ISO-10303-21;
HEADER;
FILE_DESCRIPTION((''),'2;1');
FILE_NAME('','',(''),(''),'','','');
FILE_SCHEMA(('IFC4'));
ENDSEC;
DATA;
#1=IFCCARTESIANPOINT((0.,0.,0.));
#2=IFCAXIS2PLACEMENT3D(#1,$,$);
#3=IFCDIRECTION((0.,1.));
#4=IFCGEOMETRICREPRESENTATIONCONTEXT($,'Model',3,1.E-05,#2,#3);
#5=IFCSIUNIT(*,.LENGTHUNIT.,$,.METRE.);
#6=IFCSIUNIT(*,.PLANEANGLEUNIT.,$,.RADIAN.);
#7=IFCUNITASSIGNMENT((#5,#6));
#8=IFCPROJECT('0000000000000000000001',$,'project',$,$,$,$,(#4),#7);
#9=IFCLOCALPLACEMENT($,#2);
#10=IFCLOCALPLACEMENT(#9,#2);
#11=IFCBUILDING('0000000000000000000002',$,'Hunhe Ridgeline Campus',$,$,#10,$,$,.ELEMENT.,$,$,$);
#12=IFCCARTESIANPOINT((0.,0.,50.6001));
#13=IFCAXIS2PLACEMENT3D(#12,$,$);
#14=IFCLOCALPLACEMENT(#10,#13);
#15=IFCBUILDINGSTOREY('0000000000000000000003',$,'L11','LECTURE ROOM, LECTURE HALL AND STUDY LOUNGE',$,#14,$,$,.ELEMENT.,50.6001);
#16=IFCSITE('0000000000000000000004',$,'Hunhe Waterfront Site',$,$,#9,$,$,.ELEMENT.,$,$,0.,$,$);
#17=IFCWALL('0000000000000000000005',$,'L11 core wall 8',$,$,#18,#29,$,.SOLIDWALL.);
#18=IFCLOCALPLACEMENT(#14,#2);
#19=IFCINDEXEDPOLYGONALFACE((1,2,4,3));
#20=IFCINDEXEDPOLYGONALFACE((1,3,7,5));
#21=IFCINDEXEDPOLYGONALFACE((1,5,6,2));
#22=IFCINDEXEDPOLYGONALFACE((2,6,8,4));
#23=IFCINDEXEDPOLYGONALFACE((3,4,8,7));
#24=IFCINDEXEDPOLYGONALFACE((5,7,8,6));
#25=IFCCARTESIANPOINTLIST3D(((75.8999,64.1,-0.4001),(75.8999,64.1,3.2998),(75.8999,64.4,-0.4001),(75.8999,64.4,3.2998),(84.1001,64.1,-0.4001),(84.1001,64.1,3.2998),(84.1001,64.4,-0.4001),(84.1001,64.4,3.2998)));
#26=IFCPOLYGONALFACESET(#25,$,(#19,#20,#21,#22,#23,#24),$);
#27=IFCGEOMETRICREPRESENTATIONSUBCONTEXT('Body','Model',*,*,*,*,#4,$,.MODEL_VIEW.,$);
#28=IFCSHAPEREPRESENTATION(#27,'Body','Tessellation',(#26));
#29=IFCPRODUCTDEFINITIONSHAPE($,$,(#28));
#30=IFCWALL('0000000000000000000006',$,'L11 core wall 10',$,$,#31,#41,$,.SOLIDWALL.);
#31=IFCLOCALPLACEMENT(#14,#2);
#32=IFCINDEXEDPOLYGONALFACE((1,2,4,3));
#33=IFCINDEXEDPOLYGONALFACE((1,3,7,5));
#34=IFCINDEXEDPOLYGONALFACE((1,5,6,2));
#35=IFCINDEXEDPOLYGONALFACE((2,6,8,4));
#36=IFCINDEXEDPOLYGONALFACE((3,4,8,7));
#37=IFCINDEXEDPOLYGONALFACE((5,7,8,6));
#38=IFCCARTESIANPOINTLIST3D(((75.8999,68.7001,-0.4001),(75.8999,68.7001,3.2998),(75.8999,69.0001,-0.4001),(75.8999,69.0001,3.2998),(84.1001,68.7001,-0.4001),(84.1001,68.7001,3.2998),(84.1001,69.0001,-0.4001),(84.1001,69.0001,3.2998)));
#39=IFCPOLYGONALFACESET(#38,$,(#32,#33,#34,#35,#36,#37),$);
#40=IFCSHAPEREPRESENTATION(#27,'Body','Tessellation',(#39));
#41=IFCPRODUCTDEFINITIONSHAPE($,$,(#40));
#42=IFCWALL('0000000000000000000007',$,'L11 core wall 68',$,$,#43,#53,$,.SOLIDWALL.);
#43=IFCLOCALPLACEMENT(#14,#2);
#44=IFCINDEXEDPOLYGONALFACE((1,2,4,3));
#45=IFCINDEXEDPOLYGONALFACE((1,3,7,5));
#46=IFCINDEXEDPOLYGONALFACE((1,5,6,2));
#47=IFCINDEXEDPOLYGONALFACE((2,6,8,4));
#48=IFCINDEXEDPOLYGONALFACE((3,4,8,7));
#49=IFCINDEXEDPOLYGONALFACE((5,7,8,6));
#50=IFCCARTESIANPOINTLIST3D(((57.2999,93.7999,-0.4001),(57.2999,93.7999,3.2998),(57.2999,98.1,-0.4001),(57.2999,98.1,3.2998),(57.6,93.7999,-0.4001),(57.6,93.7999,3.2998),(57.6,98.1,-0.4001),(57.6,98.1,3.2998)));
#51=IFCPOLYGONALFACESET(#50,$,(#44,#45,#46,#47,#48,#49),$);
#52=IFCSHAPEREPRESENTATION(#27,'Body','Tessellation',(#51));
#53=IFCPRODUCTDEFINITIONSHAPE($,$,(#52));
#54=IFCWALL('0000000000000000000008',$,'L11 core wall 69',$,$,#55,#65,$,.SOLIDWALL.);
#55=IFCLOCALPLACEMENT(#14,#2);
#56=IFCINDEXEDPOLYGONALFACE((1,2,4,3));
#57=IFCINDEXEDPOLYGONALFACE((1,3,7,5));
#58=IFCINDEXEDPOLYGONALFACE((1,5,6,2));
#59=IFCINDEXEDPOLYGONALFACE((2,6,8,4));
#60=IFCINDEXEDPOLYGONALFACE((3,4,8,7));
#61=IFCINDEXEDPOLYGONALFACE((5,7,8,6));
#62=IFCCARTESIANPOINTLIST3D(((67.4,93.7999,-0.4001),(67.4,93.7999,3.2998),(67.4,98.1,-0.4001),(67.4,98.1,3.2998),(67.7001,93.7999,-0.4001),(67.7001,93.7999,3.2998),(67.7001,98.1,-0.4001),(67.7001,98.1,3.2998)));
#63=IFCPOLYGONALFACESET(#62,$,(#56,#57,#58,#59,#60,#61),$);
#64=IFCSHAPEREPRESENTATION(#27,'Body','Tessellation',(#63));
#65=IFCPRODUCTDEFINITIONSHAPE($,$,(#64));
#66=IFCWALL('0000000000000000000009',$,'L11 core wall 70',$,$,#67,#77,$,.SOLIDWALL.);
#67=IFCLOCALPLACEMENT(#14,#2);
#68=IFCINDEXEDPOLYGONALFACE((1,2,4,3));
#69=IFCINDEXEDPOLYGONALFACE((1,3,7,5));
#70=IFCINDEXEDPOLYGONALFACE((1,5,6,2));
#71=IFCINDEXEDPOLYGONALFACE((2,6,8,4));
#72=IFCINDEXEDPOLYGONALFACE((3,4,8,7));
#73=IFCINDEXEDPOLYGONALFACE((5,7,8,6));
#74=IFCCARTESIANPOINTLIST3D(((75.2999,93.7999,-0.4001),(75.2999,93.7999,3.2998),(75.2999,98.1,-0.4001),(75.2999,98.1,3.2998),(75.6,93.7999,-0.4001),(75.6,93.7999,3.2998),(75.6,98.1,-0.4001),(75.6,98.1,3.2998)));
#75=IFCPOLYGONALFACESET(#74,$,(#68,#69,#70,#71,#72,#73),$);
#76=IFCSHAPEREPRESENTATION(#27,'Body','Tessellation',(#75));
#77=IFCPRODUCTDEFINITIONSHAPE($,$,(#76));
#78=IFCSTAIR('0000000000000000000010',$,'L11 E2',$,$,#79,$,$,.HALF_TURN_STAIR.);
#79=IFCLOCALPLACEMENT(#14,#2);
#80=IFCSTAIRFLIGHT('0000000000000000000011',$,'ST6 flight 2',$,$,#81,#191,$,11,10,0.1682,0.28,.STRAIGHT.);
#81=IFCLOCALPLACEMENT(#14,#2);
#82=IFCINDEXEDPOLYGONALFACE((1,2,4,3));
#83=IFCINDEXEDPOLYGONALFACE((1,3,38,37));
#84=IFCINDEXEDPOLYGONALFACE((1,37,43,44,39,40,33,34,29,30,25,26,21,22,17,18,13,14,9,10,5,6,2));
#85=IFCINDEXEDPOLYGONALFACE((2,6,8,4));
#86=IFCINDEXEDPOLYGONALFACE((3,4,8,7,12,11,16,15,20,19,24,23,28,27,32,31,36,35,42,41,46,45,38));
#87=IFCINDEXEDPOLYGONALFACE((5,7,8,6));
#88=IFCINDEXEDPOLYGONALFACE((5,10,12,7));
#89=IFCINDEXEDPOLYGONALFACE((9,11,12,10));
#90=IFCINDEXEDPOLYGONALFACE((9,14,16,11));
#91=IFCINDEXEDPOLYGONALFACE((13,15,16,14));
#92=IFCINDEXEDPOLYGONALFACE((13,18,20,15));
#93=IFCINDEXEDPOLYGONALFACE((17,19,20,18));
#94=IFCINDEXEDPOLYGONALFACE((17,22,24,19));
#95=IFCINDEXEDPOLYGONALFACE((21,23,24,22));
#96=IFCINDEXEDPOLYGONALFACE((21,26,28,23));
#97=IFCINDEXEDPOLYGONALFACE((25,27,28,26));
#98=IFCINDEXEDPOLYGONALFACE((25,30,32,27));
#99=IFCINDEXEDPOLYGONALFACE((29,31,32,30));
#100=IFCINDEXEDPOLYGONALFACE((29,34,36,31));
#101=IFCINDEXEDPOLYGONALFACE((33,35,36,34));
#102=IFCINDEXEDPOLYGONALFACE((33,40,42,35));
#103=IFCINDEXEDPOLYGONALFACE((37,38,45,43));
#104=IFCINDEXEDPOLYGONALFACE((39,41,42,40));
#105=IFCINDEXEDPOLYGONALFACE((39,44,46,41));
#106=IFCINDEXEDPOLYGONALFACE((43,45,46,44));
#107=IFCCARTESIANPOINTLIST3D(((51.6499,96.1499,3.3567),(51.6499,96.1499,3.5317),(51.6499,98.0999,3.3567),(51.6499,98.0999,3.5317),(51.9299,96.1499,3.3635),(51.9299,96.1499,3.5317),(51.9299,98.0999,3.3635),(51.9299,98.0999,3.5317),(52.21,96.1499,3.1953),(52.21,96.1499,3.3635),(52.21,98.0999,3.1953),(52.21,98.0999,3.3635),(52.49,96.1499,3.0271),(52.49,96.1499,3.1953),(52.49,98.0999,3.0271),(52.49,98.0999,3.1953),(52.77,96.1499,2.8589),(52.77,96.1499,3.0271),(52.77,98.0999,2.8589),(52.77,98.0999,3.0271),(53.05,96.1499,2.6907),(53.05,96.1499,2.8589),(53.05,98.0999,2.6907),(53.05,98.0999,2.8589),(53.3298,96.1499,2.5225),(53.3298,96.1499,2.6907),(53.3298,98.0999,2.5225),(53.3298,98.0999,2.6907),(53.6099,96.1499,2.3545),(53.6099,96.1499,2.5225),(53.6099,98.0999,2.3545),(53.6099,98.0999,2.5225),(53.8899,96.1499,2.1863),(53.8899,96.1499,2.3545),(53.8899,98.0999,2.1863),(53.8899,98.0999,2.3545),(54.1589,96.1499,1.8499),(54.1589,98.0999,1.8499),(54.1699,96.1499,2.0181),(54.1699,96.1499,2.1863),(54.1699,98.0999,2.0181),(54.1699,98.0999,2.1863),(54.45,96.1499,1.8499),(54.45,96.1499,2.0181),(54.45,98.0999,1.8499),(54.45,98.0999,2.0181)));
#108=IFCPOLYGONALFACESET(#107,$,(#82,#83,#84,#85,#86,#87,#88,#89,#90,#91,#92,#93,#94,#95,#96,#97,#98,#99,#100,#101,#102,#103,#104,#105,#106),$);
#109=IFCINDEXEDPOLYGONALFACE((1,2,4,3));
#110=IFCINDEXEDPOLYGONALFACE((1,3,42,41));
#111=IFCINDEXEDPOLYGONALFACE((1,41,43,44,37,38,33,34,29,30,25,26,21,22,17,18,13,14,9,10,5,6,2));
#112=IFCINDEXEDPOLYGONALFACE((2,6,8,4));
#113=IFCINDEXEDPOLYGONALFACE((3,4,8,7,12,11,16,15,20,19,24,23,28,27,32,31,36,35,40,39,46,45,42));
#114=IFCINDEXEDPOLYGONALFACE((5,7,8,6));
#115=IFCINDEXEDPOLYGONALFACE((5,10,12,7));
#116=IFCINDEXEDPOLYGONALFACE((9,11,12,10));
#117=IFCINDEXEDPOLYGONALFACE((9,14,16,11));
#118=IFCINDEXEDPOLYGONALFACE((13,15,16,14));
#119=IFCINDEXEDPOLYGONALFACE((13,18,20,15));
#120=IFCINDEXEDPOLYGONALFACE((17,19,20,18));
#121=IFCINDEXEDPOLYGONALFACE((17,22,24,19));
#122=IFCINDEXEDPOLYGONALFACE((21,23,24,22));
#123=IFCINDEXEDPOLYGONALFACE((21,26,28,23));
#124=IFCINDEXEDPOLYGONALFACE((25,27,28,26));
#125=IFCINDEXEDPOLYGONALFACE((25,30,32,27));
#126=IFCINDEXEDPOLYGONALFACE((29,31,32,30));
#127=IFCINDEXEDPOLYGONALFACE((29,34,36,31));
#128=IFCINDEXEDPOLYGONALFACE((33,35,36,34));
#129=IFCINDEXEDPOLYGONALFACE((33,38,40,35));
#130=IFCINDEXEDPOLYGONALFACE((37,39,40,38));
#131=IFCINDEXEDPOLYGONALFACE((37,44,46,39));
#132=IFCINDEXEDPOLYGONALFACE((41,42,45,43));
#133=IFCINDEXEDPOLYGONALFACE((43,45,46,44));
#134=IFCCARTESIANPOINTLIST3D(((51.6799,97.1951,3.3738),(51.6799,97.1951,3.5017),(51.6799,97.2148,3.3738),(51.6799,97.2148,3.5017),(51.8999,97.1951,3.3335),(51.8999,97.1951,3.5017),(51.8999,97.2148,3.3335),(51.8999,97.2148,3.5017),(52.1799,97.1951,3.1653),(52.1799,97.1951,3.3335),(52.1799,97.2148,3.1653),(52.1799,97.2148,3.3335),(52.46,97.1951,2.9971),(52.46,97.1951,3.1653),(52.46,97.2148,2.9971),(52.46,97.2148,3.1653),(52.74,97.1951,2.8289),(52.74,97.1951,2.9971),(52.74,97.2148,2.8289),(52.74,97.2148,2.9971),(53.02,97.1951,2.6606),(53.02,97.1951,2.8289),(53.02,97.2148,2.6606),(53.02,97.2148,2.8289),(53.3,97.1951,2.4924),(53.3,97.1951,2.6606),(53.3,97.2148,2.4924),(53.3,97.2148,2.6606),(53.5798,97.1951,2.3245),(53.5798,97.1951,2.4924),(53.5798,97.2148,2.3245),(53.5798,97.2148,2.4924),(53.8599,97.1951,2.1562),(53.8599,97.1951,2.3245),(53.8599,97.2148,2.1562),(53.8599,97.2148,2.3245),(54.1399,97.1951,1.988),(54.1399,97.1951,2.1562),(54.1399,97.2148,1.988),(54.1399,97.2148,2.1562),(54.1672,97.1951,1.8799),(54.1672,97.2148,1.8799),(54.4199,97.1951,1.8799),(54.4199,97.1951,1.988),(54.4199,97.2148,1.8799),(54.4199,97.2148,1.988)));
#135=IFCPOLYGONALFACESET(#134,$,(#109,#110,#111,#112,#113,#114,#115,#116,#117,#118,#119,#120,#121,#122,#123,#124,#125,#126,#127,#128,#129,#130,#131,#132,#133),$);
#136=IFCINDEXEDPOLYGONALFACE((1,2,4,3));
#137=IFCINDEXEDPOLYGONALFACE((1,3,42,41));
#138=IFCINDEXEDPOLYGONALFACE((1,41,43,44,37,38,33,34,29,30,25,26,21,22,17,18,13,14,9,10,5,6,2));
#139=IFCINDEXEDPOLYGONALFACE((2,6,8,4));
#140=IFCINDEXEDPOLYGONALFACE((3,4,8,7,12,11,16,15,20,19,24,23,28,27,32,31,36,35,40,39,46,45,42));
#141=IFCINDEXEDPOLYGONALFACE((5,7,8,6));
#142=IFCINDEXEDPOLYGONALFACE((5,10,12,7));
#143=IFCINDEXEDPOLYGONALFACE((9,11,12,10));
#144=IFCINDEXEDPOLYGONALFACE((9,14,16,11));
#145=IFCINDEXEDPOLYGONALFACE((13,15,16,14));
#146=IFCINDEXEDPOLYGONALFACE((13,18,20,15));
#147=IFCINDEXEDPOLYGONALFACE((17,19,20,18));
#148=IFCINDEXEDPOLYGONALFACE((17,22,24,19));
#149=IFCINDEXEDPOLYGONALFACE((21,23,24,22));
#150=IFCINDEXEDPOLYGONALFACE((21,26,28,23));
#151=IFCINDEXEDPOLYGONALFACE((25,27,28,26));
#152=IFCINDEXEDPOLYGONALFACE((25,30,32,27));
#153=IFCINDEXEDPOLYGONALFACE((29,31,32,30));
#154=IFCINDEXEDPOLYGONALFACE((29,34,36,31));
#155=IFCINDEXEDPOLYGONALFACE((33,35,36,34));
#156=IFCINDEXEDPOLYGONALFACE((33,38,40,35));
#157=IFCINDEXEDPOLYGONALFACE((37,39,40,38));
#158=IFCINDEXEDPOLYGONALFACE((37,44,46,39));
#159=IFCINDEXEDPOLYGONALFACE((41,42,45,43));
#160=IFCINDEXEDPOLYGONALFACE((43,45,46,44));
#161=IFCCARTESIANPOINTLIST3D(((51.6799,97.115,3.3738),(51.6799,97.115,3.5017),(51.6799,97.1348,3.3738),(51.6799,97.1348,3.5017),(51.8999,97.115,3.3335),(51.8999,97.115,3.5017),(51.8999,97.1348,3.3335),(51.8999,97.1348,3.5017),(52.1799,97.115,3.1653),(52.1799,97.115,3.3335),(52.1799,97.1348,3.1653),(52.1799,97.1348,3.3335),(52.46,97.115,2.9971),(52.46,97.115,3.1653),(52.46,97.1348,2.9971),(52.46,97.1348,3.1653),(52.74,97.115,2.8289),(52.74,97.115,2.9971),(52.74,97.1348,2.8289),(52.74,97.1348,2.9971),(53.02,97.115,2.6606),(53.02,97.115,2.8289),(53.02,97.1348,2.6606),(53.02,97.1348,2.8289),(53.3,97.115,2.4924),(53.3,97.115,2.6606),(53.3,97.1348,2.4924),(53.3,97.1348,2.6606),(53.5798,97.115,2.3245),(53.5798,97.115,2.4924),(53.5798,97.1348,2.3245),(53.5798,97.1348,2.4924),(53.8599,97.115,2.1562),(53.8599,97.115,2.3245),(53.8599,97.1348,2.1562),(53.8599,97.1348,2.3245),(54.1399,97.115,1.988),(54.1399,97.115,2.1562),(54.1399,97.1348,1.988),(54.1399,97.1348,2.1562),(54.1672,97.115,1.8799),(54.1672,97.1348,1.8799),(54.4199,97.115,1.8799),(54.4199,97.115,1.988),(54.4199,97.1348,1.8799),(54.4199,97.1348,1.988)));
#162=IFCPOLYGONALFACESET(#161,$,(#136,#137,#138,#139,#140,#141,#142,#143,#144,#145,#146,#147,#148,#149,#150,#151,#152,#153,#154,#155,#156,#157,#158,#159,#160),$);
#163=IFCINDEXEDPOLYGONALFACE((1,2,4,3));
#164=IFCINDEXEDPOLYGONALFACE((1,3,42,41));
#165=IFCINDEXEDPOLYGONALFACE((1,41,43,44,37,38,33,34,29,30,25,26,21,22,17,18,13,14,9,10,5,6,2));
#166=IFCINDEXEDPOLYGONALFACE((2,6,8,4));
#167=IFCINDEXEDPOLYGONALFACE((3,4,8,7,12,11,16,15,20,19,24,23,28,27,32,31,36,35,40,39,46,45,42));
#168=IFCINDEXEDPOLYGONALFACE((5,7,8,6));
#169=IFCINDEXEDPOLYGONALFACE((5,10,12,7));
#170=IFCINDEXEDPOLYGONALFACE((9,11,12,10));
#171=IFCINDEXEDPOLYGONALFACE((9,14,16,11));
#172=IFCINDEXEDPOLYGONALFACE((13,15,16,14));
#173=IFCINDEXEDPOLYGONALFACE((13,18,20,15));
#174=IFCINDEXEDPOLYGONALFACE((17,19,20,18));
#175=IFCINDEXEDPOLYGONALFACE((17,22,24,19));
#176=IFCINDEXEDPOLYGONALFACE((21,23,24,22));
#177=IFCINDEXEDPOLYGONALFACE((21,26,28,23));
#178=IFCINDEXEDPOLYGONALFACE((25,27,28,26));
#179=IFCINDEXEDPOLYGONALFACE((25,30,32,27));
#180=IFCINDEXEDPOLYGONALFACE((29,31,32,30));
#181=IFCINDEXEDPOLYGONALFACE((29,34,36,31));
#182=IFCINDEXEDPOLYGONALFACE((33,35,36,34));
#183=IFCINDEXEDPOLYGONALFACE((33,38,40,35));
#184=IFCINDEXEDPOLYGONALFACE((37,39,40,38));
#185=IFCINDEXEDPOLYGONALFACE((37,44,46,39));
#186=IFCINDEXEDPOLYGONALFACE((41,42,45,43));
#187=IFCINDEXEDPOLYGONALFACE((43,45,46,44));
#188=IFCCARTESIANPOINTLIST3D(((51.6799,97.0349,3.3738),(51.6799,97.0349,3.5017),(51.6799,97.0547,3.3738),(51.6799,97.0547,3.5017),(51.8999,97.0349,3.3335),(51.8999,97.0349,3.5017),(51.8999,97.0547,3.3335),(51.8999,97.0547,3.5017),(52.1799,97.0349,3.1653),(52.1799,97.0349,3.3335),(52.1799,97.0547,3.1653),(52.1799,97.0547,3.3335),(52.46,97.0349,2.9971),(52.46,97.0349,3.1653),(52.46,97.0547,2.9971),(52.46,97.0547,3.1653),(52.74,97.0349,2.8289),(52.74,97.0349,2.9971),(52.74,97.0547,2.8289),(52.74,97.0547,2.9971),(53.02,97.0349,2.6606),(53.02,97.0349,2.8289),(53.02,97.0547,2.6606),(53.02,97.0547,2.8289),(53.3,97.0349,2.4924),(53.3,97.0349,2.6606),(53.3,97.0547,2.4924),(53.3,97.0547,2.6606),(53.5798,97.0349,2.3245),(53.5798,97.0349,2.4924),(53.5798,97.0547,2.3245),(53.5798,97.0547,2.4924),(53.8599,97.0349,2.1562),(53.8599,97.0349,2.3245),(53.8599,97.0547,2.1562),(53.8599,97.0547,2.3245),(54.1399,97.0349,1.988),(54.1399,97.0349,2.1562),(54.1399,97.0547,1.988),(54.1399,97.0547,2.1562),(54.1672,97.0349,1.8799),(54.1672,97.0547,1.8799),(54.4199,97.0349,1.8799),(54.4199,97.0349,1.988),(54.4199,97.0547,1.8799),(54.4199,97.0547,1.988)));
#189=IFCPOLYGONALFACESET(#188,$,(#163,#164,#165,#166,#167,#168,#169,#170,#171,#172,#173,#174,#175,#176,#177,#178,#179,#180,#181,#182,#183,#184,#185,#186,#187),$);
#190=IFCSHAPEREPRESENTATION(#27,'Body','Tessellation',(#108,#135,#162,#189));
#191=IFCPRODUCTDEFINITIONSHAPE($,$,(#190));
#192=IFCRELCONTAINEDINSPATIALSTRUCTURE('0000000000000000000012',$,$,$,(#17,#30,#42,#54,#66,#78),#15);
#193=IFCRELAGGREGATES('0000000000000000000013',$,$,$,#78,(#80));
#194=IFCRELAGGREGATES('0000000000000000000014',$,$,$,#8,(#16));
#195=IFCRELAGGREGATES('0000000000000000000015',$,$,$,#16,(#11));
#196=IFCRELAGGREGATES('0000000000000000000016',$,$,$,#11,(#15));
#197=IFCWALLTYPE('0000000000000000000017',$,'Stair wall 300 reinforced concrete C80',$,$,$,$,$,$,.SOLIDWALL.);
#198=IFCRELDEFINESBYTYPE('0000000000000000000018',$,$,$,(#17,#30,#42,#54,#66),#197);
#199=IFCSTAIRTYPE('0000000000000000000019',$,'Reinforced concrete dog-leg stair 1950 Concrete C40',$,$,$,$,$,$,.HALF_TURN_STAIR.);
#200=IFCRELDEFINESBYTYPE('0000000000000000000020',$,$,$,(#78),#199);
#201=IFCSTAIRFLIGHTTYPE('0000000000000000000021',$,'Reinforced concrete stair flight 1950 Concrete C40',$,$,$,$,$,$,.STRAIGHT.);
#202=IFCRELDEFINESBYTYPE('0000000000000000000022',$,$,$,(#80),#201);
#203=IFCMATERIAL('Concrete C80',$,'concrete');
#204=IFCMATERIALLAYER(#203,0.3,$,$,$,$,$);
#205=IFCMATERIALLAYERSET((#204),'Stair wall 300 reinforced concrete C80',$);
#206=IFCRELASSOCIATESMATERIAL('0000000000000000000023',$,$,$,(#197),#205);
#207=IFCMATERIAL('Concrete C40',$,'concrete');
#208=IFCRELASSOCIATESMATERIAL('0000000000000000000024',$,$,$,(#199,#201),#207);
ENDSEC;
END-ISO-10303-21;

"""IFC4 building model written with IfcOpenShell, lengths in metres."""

from ifc_helpers import new_model, si_unit, direction, frame, frame_2d, origin, place, context, subcontext, project, spatial, polyline, rectangle, outline, extrude, material, layer, layer_set, type_object, element, aggregate, save


model = new_model("IFC4")

# Units and contexts
model_context = context("Model", 3, precision=1e-05, world=origin(), true_north=direction((0.0, 1.0)))
body_context = subcontext(model_context, "Body", "Model", "MODEL_VIEW")
ifc_project = project(units=[si_unit("LENGTHUNIT", "METRE"), si_unit("PLANEANGLEUNIT", "RADIAN")], contexts=[model_context])

# Site, building, storey
site_placement = place(None, origin())
site = spatial("IfcSite", under=ifc_project, at=site_placement, Name="Hunhe Waterfront Site", CompositionType="ELEMENT", RefElevation=0.0)
building_placement = place(site_placement, origin())
building = spatial("IfcBuilding", under=site, at=building_placement, Name="Hunhe Ridgeline Campus", CompositionType="ELEMENT")
storey_placement = place(building_placement, frame((0.0, 0.0, 50.6001)))
storey = spatial("IfcBuildingStorey", under=building, at=storey_placement, Name="L11", Description="LECTURE ROOM, LECTURE HALL AND STUDY LOUNGE", CompositionType="ELEMENT", Elevation=50.6001)

# Shared definitions
ifc_material_1 = material(Name="Concrete C80", Category="concrete")

# Walls
ifc_layer_1 = layer(ifc_material_1, 0.3)
ifc_layer_set_1 = layer_set([ifc_layer_1], Name="Stair wall 300 reinforced concrete C80")
wall_type_1 = type_object("IfcWallType", Name="Stair wall 300 reinforced concrete C80", PredefinedType="SOLIDWALL", material=ifc_layer_set_1)
for number, where, z_axis, x_axis, name in (
    (1, (75.8999, 64.25, -0.4001), (0.0, 0.0, 1.0), (1.0, 0.0, 0.0), "L11 core wall 8"),
    (2, (75.8999, 68.8501, -0.4001), (0.0, 0.0, 1.0), (1.0, 0.0, 0.0), "L11 core wall 10"),
):
    element("IfcWall", number, at=place(storey_placement, frame(where, z_axis=z_axis, x_axis=x_axis)), inside=storey, type_object=wall_type_1, Name=name, PredefinedType="SOLIDWALL", context=body_context, shape_type="SweptSolid", body=[
        extrude(rectangle(XDim=8.2002, YDim=0.3, at=frame_2d((4.1001, 0.0))), origin(), (0.0, 0.0, 1.0), 3.7),
    ])

# Walls
for number, where, z_axis, x_axis, name in (
    (3, (57.45, 93.8, -0.4001), (0.0, 0.0, 1.0), (0.0, 1.0, 0.0), "L11 core wall 68"),
    (4, (67.55, 93.8, -0.4001), (0.0, 0.0, 1.0), (0.0, 1.0, 0.0), "L11 core wall 69"),
    (5, (75.45, 93.8, -0.4001), (0.0, 0.0, 1.0), (0.0, 1.0, 0.0), "L11 core wall 70"),
):
    element("IfcWall", number, at=place(storey_placement, frame(where, z_axis=z_axis, x_axis=x_axis)), inside=storey, type_object=wall_type_1, Name=name, PredefinedType="SOLIDWALL", context=body_context, shape_type="SweptSolid", body=[
        extrude(rectangle(XDim=4.3, YDim=0.3, at=frame_2d((2.1499, 0.0))), origin(), (0.0, 0.0, 1.0), 3.7),
    ])

# Stair, stair flight
ifc_material_2 = material(Name="Concrete C40", Category="concrete")
stair_type = type_object("IfcStairType", Name="Reinforced concrete dog-leg stair 1950 Concrete C40", PredefinedType="HALF_TURN_STAIR", material=ifc_material_2)
stair_1_placement = place(storey_placement, origin())
stair_1 = element("IfcStair", 6, at=stair_1_placement, inside=storey, type_object=stair_type, Name="L11 E2", PredefinedType="HALF_TURN_STAIR")
stair_flight_type = type_object("IfcStairFlightType", Name="Reinforced concrete stair flight 1950 Concrete C40", PredefinedType="STRAIGHT", material=ifc_material_2)
stair_flight_1_placement = place(storey_placement, frame((54.45, 97.125, 1.8499), z_axis=(0.0, 0.0, 1.0), x_axis=(-1.0, 0.0, 0.0)))
stair_flight_1 = element("IfcStairFlight", 7, at=stair_flight_1_placement, type_object=stair_flight_type, Name="ST6 flight 2", NumberOfRisers=11, NumberOfTreads=10, PredefinedType="STRAIGHT", RiserHeight=0.1682, TreadLength=0.28, context=body_context, shape_type="SweptSolid", body=[
    extrude(outline(polyline([(0.0, 0.0), (0.0, 0.1682), (0.28, 0.1682), (0.28, 0.3364), (0.5601, 0.3364), (0.5601, 0.5046), (0.8401, 0.5046), (0.8401, 0.6726), (1.1201, 0.6726), (1.1201, 0.8408), (1.3999, 0.8408), (1.3999, 1.009), (1.6799, 1.009), (1.6799, 1.1772), (1.96, 1.1772), (1.96, 1.3455), (2.24, 1.3455), (2.24, 1.5137), (2.52, 1.5137), (2.52, 1.6819), (2.8, 1.6819), (2.8, 1.8501), (2.8, 1.5068), (0.291, 0.0), (0.0, 0.0)])), frame((0.0, 0.9751, 0.0), z_axis=(0.0, -1.0, 0.0), x_axis=(1.0, 0.0, 0.0)), (0.0, 0.0, 1.0), 1.95),
    extrude(outline(polyline([(0.03, 0.03), (0.03, 0.1382), (0.3101, 0.1382), (0.3101, 0.3064), (0.5901, 0.3064), (0.5901, 0.4746), (0.8701, 0.4746), (0.8701, 0.6426), (1.1499, 0.6426), (1.1499, 0.8108), (1.4299, 0.8108), (1.4299, 0.979), (1.71, 0.979), (1.71, 1.1472), (1.99, 1.1472), (1.99, 1.3154), (2.27, 1.3154), (2.27, 1.4836), (2.55, 1.4836), (2.55, 1.6519), (2.77, 1.6519), (2.77, 1.5239), (0.2827, 0.03), (0.03, 0.03)])), frame((0.0, -0.0701, 0.0), z_axis=(0.0, -1.0, 0.0), x_axis=(1.0, 0.0, 0.0)), (0.0, 0.0, 1.0), 0.0198),
    extrude(outline(polyline([(0.03, 0.03), (0.03, 0.1382), (0.3101, 0.1382), (0.3101, 0.3064), (0.5901, 0.3064), (0.5901, 0.4746), (0.8701, 0.4746), (0.8701, 0.6426), (1.1499, 0.6426), (1.1499, 0.8108), (1.4299, 0.8108), (1.4299, 0.979), (1.71, 0.979), (1.71, 1.1472), (1.99, 1.1472), (1.99, 1.3154), (2.27, 1.3154), (2.27, 1.4836), (2.55, 1.4836), (2.55, 1.6519), (2.77, 1.6519), (2.77, 1.5239), (0.2827, 0.03), (0.03, 0.03)])), frame((0.0, 0.01, 0.0), z_axis=(0.0, -1.0, 0.0), x_axis=(1.0, 0.0, 0.0)), (0.0, 0.0, 1.0), 0.0198),
    extrude(outline(polyline([(0.03, 0.03), (0.03, 0.1382), (0.3101, 0.1382), (0.3101, 0.3064), (0.5901, 0.3064), (0.5901, 0.4746), (0.8701, 0.4746), (0.8701, 0.6426), (1.1499, 0.6426), (1.1499, 0.8108), (1.4299, 0.8108), (1.4299, 0.979), (1.71, 0.979), (1.71, 1.1472), (1.99, 1.1472), (1.99, 1.3154), (2.27, 1.3154), (2.27, 1.4836), (2.55, 1.4836), (2.55, 1.6519), (2.77, 1.6519), (2.77, 1.5239), (0.2827, 0.03), (0.03, 0.03)])), frame((0.0, 0.0901, 0.0), z_axis=(0.0, -1.0, 0.0), x_axis=(1.0, 0.0, 0.0)), (0.0, 0.0, 1.0), 0.0198),
])
aggregate(stair_1, [stair_flight_1])

save(model, "model.ifc")
